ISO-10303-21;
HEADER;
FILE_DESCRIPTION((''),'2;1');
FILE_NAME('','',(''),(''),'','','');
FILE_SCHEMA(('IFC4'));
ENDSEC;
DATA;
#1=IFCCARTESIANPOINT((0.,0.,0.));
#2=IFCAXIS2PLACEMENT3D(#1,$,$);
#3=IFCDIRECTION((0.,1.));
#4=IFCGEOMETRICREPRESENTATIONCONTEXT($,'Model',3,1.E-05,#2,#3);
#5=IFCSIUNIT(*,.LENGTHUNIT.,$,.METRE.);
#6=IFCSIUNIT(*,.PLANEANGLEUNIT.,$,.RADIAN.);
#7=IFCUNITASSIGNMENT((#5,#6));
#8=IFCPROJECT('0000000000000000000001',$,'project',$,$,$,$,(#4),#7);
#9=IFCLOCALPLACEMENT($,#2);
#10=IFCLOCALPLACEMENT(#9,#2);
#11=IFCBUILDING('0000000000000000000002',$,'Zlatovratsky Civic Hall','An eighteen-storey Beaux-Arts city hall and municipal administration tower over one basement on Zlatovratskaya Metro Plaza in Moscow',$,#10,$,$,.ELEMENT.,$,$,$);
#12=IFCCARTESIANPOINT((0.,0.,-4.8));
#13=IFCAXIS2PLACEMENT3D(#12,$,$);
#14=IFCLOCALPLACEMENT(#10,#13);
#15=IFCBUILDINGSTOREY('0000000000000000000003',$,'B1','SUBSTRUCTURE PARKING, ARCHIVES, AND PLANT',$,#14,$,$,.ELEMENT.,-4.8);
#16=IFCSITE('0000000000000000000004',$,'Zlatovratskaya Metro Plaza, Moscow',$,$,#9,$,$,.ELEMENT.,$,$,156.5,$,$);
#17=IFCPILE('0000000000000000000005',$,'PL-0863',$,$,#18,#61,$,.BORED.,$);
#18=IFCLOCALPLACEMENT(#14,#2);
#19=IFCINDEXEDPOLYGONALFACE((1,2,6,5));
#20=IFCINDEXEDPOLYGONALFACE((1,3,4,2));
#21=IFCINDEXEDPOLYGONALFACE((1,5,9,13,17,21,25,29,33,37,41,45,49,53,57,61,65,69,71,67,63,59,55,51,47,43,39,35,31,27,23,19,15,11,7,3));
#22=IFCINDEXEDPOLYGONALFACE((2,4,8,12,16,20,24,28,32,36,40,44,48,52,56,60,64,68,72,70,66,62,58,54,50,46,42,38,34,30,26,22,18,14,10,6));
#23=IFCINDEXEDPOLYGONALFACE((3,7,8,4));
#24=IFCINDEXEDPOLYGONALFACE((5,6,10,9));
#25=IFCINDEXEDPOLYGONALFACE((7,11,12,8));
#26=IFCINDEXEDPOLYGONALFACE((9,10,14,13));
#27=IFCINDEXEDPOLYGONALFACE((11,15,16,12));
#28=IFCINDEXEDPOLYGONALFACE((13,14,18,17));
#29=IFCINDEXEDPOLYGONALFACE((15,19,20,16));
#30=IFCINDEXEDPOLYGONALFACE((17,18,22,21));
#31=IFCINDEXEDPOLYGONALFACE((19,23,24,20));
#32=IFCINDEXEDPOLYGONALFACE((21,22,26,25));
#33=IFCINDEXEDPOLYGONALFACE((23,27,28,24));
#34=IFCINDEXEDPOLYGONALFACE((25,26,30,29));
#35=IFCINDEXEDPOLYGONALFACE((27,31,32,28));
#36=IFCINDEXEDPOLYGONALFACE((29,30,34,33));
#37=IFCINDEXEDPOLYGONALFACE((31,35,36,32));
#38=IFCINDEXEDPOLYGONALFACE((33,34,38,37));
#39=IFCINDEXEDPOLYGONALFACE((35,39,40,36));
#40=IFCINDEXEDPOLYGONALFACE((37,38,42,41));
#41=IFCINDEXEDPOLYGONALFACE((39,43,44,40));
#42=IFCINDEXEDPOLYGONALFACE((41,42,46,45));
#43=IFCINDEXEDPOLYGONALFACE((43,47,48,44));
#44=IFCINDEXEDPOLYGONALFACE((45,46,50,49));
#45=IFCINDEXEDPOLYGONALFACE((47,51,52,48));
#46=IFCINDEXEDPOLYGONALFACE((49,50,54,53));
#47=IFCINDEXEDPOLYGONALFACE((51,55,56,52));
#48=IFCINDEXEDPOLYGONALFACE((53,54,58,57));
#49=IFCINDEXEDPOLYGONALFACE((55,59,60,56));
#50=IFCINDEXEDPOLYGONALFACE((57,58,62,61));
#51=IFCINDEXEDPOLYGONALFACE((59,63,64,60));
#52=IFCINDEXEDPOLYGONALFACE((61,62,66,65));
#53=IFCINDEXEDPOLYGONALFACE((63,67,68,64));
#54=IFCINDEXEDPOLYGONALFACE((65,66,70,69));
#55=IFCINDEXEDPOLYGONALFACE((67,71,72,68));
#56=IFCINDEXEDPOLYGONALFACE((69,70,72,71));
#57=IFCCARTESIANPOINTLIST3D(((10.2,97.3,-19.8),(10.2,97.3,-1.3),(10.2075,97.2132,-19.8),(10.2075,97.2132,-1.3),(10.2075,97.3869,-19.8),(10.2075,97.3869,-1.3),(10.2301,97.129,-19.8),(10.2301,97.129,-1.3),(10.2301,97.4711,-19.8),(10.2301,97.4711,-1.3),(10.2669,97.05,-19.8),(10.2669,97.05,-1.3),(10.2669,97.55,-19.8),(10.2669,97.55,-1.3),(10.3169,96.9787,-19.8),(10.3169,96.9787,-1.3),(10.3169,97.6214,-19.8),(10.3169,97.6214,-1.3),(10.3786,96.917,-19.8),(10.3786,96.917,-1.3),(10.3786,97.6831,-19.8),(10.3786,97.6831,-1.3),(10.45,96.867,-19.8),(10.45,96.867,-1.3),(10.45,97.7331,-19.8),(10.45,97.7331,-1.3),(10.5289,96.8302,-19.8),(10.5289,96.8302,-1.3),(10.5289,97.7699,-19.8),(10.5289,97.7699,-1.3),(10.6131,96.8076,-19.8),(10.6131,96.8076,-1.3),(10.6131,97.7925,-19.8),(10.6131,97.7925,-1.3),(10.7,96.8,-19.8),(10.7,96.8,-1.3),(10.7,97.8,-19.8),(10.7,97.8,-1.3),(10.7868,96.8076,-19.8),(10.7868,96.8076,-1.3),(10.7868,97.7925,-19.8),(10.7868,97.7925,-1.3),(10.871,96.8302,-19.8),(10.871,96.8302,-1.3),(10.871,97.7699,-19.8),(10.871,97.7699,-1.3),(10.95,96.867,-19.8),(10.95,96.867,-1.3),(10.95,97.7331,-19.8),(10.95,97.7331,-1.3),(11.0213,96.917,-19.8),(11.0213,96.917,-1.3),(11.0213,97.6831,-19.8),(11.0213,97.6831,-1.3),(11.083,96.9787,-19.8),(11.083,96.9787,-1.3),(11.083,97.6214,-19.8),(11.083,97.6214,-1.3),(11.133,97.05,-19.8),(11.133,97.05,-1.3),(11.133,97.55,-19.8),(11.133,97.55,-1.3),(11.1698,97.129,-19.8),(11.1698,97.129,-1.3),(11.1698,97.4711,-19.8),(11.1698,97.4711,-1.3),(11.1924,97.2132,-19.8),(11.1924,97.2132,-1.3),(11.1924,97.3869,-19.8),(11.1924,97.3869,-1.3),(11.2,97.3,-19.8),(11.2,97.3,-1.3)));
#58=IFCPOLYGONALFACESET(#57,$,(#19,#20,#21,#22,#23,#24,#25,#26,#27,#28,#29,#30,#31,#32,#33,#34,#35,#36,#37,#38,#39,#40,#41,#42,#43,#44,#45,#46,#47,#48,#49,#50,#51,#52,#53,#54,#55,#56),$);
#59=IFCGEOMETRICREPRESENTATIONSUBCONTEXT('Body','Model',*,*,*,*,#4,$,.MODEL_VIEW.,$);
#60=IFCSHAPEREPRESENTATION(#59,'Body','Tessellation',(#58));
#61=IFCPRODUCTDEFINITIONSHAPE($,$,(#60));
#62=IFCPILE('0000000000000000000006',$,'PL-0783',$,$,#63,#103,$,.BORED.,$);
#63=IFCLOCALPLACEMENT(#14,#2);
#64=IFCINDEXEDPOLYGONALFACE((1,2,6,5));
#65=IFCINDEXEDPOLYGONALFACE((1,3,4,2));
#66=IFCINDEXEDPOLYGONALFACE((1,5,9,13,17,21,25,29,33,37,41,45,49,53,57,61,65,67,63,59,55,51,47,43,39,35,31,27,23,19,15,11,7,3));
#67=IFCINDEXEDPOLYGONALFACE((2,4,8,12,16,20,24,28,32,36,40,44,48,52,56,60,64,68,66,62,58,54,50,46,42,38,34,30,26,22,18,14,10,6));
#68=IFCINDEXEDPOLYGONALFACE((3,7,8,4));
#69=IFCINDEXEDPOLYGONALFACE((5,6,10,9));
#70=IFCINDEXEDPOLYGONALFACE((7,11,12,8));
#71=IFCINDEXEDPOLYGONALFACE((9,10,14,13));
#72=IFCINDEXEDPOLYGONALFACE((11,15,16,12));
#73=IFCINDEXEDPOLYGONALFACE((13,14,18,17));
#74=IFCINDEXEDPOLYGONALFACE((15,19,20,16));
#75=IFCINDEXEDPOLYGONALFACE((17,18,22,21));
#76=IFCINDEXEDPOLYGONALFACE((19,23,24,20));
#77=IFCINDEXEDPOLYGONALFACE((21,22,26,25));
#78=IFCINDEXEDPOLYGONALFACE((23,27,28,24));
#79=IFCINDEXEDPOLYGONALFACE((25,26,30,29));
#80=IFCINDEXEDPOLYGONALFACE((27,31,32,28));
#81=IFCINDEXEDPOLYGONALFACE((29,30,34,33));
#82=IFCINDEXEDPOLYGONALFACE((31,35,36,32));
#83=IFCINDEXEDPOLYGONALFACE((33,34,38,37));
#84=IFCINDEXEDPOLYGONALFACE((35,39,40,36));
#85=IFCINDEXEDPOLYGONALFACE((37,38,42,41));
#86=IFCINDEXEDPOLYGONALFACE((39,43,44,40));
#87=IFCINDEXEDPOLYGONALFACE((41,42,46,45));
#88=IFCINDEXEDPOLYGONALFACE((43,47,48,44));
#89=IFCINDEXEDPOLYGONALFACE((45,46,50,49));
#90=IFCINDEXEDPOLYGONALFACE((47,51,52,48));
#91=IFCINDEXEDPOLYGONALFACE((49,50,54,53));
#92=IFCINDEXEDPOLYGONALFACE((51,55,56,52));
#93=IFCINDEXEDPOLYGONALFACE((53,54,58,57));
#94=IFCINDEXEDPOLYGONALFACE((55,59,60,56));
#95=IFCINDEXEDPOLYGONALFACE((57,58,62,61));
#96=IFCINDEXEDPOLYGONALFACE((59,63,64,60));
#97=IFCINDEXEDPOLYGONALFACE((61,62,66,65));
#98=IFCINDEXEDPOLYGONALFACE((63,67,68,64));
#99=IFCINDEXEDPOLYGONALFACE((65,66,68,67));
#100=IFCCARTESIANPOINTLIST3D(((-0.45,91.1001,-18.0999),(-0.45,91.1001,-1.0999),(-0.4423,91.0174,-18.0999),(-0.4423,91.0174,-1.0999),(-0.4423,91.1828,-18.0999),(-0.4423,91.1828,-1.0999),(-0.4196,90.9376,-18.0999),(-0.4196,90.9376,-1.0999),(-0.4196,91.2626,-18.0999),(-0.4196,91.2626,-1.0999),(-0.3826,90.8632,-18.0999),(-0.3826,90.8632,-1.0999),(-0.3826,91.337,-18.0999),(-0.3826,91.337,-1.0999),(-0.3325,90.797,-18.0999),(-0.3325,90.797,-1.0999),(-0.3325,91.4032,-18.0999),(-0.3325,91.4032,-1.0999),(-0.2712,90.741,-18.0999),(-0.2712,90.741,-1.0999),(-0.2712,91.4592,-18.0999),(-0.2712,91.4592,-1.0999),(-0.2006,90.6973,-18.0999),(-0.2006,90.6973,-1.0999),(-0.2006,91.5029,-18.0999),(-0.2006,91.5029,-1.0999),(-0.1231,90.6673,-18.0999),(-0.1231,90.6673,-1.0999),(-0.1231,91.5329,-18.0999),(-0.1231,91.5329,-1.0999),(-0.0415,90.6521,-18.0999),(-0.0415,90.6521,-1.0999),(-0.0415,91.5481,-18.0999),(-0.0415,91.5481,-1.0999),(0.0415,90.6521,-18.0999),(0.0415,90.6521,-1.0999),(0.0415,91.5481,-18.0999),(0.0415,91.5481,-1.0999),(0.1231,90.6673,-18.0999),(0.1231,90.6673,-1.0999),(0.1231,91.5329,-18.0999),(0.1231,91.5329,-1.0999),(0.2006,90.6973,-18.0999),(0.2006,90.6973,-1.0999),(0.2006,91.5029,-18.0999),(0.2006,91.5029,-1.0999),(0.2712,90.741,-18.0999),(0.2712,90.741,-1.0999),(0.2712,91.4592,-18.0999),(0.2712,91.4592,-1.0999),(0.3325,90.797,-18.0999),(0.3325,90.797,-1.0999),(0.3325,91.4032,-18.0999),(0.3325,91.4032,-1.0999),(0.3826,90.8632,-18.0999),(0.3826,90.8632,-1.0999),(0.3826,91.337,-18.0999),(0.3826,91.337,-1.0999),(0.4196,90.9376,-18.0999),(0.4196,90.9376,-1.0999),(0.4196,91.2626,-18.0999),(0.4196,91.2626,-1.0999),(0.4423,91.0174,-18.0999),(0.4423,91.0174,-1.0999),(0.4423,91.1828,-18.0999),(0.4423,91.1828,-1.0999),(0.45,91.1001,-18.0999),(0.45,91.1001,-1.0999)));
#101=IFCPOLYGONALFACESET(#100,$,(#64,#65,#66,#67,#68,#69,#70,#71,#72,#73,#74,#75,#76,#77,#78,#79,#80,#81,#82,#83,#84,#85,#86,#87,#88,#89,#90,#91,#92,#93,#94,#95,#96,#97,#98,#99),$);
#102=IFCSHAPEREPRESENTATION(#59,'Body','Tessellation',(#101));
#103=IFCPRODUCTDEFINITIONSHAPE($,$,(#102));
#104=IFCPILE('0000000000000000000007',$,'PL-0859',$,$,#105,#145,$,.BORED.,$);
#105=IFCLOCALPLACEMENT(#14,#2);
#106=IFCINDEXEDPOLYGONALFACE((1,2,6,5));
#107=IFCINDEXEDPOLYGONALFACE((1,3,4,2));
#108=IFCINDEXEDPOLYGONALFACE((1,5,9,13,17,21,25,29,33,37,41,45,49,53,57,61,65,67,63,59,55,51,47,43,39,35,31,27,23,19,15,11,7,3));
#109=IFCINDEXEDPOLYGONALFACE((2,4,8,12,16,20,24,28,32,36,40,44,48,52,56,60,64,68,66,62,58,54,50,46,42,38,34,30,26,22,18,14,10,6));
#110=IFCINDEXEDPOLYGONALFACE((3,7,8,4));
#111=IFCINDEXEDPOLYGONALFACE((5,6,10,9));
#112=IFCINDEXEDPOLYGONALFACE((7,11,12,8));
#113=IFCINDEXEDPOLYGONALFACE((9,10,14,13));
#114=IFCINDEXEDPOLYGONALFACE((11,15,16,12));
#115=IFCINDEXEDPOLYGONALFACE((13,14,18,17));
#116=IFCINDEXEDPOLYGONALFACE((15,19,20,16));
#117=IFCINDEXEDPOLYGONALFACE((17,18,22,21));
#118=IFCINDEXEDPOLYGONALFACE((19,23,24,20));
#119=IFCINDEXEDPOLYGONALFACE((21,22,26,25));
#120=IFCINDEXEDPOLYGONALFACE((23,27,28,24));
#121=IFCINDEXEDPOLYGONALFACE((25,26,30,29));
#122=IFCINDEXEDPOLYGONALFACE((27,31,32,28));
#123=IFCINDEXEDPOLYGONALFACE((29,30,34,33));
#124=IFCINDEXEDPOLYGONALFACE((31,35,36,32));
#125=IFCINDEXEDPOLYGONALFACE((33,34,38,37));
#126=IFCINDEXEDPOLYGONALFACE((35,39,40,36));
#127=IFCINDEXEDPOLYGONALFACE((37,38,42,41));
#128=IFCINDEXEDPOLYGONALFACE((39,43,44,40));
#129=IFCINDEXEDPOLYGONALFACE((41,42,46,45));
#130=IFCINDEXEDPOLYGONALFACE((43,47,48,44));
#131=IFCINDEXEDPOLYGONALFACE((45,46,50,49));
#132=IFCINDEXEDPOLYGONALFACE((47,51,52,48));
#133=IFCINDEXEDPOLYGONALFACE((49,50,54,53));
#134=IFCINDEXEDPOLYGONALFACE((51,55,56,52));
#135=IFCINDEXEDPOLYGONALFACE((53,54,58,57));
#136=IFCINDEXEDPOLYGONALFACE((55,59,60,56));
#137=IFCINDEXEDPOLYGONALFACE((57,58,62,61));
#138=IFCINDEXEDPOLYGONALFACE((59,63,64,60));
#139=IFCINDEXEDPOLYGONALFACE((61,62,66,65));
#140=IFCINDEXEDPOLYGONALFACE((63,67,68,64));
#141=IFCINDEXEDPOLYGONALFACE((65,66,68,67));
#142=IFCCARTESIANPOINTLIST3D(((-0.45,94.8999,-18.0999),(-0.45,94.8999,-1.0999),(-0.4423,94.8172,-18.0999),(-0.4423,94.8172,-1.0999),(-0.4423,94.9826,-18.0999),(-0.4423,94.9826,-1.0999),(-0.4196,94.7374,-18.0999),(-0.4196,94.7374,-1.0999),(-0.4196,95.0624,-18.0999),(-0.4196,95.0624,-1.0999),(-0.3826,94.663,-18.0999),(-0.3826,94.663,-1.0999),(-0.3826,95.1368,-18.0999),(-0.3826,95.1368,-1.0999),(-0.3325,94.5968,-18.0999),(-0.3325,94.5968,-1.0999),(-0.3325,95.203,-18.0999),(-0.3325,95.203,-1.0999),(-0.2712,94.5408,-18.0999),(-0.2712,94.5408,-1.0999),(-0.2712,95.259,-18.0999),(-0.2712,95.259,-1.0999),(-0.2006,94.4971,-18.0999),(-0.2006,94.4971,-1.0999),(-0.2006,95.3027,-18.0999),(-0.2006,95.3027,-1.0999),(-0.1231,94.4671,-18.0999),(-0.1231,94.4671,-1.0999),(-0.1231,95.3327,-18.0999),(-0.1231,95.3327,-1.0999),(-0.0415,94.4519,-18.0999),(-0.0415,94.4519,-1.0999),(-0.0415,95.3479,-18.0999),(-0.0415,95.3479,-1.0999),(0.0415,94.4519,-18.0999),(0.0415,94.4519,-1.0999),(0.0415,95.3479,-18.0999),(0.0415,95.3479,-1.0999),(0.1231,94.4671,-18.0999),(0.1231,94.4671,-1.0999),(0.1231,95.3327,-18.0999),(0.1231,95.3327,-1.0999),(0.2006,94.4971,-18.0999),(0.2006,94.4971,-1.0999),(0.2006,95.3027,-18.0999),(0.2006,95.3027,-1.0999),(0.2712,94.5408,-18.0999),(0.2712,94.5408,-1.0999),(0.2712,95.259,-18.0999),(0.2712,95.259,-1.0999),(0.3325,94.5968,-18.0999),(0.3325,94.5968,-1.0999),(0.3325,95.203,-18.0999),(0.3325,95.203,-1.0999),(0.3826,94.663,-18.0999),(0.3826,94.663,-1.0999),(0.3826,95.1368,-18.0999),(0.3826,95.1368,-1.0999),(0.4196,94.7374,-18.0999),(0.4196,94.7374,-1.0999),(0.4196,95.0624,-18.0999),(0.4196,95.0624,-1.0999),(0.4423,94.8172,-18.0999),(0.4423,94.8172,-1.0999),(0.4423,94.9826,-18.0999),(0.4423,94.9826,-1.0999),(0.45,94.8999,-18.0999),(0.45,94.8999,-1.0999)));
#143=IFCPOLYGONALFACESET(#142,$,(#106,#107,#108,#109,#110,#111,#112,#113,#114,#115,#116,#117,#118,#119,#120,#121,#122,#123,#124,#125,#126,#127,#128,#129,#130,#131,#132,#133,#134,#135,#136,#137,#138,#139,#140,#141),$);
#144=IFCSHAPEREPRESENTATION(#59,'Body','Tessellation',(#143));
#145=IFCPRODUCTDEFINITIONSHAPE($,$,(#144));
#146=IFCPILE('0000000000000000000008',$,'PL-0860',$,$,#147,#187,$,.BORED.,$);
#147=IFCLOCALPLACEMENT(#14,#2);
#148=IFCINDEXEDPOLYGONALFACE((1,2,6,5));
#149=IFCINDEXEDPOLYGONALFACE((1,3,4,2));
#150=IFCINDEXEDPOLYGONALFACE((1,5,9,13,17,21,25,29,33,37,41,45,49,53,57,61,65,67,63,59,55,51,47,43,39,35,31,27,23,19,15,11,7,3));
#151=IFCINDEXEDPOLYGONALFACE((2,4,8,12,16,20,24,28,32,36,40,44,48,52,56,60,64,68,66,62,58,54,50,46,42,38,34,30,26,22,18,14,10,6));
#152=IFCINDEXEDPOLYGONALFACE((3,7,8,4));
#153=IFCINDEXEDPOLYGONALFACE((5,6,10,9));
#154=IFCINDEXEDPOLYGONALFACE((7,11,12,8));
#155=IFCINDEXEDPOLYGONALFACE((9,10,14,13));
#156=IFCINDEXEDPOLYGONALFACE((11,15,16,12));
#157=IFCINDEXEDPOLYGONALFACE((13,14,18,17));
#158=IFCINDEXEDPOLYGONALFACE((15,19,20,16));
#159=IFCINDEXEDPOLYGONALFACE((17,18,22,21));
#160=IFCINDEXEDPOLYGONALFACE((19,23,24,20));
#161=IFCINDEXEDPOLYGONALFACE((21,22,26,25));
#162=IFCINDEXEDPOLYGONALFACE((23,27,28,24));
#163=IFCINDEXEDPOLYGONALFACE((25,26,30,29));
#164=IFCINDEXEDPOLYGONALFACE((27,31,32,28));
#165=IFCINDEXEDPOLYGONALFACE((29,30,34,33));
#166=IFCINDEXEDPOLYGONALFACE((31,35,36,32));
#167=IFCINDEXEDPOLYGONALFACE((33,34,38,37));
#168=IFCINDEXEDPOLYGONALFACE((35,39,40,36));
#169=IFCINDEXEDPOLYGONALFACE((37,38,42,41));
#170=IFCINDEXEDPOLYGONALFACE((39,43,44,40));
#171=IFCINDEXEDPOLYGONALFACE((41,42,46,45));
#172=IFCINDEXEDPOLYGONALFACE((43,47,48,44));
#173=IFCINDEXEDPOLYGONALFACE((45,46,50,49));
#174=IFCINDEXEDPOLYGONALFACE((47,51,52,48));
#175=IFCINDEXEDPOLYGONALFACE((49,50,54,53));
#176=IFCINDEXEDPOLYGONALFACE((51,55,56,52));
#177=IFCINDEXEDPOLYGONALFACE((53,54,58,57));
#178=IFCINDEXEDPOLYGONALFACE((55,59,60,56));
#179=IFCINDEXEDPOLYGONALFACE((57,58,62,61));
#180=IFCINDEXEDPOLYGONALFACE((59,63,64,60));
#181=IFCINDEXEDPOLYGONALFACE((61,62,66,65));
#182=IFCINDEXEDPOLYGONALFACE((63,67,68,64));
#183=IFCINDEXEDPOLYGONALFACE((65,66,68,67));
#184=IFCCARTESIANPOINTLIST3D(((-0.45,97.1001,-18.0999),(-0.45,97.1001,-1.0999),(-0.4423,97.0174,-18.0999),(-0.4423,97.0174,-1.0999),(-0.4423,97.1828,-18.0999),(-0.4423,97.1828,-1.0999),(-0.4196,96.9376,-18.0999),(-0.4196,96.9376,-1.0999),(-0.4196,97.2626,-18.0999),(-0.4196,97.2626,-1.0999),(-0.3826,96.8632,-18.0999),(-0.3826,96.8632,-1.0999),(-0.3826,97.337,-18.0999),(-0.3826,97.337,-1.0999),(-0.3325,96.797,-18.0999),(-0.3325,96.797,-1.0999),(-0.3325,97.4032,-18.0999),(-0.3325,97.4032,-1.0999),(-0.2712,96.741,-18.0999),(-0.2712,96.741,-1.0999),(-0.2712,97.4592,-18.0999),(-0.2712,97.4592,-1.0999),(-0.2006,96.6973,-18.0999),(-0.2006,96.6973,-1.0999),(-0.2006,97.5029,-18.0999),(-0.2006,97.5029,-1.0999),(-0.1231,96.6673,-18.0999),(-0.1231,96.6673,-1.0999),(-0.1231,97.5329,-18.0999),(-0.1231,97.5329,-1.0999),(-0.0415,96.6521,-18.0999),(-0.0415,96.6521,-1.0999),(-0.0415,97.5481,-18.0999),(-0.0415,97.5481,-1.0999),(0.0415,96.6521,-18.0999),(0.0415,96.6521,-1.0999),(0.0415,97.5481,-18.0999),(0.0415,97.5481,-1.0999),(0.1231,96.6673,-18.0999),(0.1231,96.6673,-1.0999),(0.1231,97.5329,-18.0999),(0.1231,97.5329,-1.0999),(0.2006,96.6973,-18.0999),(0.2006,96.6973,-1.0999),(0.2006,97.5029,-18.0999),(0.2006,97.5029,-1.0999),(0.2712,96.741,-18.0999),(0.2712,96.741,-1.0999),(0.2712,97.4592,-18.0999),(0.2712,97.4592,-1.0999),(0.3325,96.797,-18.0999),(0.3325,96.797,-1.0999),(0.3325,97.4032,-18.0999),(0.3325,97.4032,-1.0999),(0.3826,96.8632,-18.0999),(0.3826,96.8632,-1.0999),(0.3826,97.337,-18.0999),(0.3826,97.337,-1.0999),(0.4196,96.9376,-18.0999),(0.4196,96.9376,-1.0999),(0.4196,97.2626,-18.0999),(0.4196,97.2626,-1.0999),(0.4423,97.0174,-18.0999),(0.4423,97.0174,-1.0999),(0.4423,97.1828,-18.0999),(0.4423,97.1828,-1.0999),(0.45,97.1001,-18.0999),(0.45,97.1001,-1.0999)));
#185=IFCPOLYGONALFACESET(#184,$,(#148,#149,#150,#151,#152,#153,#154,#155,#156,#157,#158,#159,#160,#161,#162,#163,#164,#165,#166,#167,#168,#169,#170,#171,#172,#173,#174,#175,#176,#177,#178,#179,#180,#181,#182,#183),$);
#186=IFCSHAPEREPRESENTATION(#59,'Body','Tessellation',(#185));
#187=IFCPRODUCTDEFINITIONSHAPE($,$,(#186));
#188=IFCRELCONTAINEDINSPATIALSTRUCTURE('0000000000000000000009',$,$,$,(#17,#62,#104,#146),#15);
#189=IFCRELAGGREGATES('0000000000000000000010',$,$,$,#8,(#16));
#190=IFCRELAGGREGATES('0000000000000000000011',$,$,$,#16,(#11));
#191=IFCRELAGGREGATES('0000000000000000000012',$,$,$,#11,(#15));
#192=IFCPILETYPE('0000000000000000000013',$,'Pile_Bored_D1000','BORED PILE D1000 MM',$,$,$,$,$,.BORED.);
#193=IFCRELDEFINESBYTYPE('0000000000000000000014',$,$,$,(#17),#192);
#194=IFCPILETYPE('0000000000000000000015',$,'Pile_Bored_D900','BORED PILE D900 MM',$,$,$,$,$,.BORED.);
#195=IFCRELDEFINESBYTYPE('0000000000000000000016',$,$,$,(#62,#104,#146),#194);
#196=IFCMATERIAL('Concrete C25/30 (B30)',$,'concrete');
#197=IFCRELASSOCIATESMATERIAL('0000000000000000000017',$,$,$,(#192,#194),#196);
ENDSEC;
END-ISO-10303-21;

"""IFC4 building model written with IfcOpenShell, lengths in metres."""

from ifc_helpers import new_model, si_unit, direction, frame, origin, origin_2d, place, context, subcontext, project, spatial, circle, extrude, material, material_profile, profile_set, type_object, element, save


model = new_model("IFC4")

# Units and contexts
model_context = context("Model", 3, precision=1e-05, world=origin(), true_north=direction((0.0, 1.0)))
body_context = subcontext(model_context, "Body", "Model", "MODEL_VIEW")
ifc_project = project(units=[si_unit("LENGTHUNIT", "METRE"), si_unit("PLANEANGLEUNIT", "RADIAN")], contexts=[model_context])

# Site, building, storey
site_placement = place(None, origin())
site = spatial("IfcSite", under=ifc_project, at=site_placement, Name="Zlatovratskaya Metro Plaza, Moscow", CompositionType="ELEMENT", RefElevation=156.5)
building_placement = place(site_placement, origin())
building = spatial("IfcBuilding", under=site, at=building_placement, Name="Zlatovratsky Civic Hall", Description="An eighteen-storey Beaux-Arts city hall and municipal administration tower over one basement on Zlatovratskaya Metro Plaza in Moscow", CompositionType="ELEMENT")
storey_placement = place(building_placement, frame((0.0, 0.0, -4.8)))
storey = spatial("IfcBuildingStorey", under=building, at=storey_placement, Name="B1", Description="SUBSTRUCTURE PARKING, ARCHIVES, AND PLANT", CompositionType="ELEMENT", Elevation=-4.8)

# Shared definitions
ifc_material_1 = material(Name="Concrete C25/30 (B30)", Category="concrete")

# Piles
ifc_material_profile_1 = material_profile(ifc_material_1, circle(Radius=0.5, at=origin_2d()), Name="PILE D1000")
ifc_profile_set_1 = profile_set([ifc_material_profile_1], Name="Concrete C25/30 (B30)")
pile_type_1 = type_object("IfcPileType", Name="Pile_Bored_D1000", Description="BORED PILE D1000 MM", PredefinedType="BORED", material=ifc_profile_set_1)
for number, where, z_axis, x_axis, name in (
    (1, (10.7, 97.3, -1.3), (0.0, 0.0, -1.0), (1.0, 0.0, 0.0), "PL-0863"),
):
    element("IfcPile", number, at=place(storey_placement, frame(where, z_axis=z_axis, x_axis=x_axis)), inside=storey, type_object=pile_type_1, Name=name, PredefinedType="BORED", context=body_context, shape_type="SweptSolid", body=[
        extrude(circle(Radius=0.5, at=origin_2d()), origin(), (0.0, 0.0, 1.0), 18.5),
    ])
ifc_material_profile_2 = material_profile(ifc_material_1, circle(Radius=0.45, at=origin_2d()), Name="PILE D900")
ifc_profile_set_2 = profile_set([ifc_material_profile_2], Name="Concrete C25/30 (B30)")
pile_type_2 = type_object("IfcPileType", Name="Pile_Bored_D900", Description="BORED PILE D900 MM", PredefinedType="BORED", material=ifc_profile_set_2)
for number, where, z_axis, x_axis, name in (
    (2, (0.0, 91.1001, -1.0999), (0.0, 0.0, -1.0), (1.0, 0.0, 0.0), "PL-0783"),
    (3, (0.0, 94.8999, -1.0999), (0.0, 0.0, -1.0), (1.0, 0.0, 0.0), "PL-0859"),
    (4, (0.0, 97.1001, -1.0999), (0.0, 0.0, -1.0), (1.0, 0.0, 0.0), "PL-0860"),
):
    element("IfcPile", number, at=place(storey_placement, frame(where, z_axis=z_axis, x_axis=x_axis)), inside=storey, type_object=pile_type_2, Name=name, PredefinedType="BORED", context=body_context, shape_type="SweptSolid", body=[
        extrude(circle(Radius=0.45, at=origin_2d()), origin(), (0.0, 0.0, 1.0), 17.0),
    ])

save(model, "model.ifc")
